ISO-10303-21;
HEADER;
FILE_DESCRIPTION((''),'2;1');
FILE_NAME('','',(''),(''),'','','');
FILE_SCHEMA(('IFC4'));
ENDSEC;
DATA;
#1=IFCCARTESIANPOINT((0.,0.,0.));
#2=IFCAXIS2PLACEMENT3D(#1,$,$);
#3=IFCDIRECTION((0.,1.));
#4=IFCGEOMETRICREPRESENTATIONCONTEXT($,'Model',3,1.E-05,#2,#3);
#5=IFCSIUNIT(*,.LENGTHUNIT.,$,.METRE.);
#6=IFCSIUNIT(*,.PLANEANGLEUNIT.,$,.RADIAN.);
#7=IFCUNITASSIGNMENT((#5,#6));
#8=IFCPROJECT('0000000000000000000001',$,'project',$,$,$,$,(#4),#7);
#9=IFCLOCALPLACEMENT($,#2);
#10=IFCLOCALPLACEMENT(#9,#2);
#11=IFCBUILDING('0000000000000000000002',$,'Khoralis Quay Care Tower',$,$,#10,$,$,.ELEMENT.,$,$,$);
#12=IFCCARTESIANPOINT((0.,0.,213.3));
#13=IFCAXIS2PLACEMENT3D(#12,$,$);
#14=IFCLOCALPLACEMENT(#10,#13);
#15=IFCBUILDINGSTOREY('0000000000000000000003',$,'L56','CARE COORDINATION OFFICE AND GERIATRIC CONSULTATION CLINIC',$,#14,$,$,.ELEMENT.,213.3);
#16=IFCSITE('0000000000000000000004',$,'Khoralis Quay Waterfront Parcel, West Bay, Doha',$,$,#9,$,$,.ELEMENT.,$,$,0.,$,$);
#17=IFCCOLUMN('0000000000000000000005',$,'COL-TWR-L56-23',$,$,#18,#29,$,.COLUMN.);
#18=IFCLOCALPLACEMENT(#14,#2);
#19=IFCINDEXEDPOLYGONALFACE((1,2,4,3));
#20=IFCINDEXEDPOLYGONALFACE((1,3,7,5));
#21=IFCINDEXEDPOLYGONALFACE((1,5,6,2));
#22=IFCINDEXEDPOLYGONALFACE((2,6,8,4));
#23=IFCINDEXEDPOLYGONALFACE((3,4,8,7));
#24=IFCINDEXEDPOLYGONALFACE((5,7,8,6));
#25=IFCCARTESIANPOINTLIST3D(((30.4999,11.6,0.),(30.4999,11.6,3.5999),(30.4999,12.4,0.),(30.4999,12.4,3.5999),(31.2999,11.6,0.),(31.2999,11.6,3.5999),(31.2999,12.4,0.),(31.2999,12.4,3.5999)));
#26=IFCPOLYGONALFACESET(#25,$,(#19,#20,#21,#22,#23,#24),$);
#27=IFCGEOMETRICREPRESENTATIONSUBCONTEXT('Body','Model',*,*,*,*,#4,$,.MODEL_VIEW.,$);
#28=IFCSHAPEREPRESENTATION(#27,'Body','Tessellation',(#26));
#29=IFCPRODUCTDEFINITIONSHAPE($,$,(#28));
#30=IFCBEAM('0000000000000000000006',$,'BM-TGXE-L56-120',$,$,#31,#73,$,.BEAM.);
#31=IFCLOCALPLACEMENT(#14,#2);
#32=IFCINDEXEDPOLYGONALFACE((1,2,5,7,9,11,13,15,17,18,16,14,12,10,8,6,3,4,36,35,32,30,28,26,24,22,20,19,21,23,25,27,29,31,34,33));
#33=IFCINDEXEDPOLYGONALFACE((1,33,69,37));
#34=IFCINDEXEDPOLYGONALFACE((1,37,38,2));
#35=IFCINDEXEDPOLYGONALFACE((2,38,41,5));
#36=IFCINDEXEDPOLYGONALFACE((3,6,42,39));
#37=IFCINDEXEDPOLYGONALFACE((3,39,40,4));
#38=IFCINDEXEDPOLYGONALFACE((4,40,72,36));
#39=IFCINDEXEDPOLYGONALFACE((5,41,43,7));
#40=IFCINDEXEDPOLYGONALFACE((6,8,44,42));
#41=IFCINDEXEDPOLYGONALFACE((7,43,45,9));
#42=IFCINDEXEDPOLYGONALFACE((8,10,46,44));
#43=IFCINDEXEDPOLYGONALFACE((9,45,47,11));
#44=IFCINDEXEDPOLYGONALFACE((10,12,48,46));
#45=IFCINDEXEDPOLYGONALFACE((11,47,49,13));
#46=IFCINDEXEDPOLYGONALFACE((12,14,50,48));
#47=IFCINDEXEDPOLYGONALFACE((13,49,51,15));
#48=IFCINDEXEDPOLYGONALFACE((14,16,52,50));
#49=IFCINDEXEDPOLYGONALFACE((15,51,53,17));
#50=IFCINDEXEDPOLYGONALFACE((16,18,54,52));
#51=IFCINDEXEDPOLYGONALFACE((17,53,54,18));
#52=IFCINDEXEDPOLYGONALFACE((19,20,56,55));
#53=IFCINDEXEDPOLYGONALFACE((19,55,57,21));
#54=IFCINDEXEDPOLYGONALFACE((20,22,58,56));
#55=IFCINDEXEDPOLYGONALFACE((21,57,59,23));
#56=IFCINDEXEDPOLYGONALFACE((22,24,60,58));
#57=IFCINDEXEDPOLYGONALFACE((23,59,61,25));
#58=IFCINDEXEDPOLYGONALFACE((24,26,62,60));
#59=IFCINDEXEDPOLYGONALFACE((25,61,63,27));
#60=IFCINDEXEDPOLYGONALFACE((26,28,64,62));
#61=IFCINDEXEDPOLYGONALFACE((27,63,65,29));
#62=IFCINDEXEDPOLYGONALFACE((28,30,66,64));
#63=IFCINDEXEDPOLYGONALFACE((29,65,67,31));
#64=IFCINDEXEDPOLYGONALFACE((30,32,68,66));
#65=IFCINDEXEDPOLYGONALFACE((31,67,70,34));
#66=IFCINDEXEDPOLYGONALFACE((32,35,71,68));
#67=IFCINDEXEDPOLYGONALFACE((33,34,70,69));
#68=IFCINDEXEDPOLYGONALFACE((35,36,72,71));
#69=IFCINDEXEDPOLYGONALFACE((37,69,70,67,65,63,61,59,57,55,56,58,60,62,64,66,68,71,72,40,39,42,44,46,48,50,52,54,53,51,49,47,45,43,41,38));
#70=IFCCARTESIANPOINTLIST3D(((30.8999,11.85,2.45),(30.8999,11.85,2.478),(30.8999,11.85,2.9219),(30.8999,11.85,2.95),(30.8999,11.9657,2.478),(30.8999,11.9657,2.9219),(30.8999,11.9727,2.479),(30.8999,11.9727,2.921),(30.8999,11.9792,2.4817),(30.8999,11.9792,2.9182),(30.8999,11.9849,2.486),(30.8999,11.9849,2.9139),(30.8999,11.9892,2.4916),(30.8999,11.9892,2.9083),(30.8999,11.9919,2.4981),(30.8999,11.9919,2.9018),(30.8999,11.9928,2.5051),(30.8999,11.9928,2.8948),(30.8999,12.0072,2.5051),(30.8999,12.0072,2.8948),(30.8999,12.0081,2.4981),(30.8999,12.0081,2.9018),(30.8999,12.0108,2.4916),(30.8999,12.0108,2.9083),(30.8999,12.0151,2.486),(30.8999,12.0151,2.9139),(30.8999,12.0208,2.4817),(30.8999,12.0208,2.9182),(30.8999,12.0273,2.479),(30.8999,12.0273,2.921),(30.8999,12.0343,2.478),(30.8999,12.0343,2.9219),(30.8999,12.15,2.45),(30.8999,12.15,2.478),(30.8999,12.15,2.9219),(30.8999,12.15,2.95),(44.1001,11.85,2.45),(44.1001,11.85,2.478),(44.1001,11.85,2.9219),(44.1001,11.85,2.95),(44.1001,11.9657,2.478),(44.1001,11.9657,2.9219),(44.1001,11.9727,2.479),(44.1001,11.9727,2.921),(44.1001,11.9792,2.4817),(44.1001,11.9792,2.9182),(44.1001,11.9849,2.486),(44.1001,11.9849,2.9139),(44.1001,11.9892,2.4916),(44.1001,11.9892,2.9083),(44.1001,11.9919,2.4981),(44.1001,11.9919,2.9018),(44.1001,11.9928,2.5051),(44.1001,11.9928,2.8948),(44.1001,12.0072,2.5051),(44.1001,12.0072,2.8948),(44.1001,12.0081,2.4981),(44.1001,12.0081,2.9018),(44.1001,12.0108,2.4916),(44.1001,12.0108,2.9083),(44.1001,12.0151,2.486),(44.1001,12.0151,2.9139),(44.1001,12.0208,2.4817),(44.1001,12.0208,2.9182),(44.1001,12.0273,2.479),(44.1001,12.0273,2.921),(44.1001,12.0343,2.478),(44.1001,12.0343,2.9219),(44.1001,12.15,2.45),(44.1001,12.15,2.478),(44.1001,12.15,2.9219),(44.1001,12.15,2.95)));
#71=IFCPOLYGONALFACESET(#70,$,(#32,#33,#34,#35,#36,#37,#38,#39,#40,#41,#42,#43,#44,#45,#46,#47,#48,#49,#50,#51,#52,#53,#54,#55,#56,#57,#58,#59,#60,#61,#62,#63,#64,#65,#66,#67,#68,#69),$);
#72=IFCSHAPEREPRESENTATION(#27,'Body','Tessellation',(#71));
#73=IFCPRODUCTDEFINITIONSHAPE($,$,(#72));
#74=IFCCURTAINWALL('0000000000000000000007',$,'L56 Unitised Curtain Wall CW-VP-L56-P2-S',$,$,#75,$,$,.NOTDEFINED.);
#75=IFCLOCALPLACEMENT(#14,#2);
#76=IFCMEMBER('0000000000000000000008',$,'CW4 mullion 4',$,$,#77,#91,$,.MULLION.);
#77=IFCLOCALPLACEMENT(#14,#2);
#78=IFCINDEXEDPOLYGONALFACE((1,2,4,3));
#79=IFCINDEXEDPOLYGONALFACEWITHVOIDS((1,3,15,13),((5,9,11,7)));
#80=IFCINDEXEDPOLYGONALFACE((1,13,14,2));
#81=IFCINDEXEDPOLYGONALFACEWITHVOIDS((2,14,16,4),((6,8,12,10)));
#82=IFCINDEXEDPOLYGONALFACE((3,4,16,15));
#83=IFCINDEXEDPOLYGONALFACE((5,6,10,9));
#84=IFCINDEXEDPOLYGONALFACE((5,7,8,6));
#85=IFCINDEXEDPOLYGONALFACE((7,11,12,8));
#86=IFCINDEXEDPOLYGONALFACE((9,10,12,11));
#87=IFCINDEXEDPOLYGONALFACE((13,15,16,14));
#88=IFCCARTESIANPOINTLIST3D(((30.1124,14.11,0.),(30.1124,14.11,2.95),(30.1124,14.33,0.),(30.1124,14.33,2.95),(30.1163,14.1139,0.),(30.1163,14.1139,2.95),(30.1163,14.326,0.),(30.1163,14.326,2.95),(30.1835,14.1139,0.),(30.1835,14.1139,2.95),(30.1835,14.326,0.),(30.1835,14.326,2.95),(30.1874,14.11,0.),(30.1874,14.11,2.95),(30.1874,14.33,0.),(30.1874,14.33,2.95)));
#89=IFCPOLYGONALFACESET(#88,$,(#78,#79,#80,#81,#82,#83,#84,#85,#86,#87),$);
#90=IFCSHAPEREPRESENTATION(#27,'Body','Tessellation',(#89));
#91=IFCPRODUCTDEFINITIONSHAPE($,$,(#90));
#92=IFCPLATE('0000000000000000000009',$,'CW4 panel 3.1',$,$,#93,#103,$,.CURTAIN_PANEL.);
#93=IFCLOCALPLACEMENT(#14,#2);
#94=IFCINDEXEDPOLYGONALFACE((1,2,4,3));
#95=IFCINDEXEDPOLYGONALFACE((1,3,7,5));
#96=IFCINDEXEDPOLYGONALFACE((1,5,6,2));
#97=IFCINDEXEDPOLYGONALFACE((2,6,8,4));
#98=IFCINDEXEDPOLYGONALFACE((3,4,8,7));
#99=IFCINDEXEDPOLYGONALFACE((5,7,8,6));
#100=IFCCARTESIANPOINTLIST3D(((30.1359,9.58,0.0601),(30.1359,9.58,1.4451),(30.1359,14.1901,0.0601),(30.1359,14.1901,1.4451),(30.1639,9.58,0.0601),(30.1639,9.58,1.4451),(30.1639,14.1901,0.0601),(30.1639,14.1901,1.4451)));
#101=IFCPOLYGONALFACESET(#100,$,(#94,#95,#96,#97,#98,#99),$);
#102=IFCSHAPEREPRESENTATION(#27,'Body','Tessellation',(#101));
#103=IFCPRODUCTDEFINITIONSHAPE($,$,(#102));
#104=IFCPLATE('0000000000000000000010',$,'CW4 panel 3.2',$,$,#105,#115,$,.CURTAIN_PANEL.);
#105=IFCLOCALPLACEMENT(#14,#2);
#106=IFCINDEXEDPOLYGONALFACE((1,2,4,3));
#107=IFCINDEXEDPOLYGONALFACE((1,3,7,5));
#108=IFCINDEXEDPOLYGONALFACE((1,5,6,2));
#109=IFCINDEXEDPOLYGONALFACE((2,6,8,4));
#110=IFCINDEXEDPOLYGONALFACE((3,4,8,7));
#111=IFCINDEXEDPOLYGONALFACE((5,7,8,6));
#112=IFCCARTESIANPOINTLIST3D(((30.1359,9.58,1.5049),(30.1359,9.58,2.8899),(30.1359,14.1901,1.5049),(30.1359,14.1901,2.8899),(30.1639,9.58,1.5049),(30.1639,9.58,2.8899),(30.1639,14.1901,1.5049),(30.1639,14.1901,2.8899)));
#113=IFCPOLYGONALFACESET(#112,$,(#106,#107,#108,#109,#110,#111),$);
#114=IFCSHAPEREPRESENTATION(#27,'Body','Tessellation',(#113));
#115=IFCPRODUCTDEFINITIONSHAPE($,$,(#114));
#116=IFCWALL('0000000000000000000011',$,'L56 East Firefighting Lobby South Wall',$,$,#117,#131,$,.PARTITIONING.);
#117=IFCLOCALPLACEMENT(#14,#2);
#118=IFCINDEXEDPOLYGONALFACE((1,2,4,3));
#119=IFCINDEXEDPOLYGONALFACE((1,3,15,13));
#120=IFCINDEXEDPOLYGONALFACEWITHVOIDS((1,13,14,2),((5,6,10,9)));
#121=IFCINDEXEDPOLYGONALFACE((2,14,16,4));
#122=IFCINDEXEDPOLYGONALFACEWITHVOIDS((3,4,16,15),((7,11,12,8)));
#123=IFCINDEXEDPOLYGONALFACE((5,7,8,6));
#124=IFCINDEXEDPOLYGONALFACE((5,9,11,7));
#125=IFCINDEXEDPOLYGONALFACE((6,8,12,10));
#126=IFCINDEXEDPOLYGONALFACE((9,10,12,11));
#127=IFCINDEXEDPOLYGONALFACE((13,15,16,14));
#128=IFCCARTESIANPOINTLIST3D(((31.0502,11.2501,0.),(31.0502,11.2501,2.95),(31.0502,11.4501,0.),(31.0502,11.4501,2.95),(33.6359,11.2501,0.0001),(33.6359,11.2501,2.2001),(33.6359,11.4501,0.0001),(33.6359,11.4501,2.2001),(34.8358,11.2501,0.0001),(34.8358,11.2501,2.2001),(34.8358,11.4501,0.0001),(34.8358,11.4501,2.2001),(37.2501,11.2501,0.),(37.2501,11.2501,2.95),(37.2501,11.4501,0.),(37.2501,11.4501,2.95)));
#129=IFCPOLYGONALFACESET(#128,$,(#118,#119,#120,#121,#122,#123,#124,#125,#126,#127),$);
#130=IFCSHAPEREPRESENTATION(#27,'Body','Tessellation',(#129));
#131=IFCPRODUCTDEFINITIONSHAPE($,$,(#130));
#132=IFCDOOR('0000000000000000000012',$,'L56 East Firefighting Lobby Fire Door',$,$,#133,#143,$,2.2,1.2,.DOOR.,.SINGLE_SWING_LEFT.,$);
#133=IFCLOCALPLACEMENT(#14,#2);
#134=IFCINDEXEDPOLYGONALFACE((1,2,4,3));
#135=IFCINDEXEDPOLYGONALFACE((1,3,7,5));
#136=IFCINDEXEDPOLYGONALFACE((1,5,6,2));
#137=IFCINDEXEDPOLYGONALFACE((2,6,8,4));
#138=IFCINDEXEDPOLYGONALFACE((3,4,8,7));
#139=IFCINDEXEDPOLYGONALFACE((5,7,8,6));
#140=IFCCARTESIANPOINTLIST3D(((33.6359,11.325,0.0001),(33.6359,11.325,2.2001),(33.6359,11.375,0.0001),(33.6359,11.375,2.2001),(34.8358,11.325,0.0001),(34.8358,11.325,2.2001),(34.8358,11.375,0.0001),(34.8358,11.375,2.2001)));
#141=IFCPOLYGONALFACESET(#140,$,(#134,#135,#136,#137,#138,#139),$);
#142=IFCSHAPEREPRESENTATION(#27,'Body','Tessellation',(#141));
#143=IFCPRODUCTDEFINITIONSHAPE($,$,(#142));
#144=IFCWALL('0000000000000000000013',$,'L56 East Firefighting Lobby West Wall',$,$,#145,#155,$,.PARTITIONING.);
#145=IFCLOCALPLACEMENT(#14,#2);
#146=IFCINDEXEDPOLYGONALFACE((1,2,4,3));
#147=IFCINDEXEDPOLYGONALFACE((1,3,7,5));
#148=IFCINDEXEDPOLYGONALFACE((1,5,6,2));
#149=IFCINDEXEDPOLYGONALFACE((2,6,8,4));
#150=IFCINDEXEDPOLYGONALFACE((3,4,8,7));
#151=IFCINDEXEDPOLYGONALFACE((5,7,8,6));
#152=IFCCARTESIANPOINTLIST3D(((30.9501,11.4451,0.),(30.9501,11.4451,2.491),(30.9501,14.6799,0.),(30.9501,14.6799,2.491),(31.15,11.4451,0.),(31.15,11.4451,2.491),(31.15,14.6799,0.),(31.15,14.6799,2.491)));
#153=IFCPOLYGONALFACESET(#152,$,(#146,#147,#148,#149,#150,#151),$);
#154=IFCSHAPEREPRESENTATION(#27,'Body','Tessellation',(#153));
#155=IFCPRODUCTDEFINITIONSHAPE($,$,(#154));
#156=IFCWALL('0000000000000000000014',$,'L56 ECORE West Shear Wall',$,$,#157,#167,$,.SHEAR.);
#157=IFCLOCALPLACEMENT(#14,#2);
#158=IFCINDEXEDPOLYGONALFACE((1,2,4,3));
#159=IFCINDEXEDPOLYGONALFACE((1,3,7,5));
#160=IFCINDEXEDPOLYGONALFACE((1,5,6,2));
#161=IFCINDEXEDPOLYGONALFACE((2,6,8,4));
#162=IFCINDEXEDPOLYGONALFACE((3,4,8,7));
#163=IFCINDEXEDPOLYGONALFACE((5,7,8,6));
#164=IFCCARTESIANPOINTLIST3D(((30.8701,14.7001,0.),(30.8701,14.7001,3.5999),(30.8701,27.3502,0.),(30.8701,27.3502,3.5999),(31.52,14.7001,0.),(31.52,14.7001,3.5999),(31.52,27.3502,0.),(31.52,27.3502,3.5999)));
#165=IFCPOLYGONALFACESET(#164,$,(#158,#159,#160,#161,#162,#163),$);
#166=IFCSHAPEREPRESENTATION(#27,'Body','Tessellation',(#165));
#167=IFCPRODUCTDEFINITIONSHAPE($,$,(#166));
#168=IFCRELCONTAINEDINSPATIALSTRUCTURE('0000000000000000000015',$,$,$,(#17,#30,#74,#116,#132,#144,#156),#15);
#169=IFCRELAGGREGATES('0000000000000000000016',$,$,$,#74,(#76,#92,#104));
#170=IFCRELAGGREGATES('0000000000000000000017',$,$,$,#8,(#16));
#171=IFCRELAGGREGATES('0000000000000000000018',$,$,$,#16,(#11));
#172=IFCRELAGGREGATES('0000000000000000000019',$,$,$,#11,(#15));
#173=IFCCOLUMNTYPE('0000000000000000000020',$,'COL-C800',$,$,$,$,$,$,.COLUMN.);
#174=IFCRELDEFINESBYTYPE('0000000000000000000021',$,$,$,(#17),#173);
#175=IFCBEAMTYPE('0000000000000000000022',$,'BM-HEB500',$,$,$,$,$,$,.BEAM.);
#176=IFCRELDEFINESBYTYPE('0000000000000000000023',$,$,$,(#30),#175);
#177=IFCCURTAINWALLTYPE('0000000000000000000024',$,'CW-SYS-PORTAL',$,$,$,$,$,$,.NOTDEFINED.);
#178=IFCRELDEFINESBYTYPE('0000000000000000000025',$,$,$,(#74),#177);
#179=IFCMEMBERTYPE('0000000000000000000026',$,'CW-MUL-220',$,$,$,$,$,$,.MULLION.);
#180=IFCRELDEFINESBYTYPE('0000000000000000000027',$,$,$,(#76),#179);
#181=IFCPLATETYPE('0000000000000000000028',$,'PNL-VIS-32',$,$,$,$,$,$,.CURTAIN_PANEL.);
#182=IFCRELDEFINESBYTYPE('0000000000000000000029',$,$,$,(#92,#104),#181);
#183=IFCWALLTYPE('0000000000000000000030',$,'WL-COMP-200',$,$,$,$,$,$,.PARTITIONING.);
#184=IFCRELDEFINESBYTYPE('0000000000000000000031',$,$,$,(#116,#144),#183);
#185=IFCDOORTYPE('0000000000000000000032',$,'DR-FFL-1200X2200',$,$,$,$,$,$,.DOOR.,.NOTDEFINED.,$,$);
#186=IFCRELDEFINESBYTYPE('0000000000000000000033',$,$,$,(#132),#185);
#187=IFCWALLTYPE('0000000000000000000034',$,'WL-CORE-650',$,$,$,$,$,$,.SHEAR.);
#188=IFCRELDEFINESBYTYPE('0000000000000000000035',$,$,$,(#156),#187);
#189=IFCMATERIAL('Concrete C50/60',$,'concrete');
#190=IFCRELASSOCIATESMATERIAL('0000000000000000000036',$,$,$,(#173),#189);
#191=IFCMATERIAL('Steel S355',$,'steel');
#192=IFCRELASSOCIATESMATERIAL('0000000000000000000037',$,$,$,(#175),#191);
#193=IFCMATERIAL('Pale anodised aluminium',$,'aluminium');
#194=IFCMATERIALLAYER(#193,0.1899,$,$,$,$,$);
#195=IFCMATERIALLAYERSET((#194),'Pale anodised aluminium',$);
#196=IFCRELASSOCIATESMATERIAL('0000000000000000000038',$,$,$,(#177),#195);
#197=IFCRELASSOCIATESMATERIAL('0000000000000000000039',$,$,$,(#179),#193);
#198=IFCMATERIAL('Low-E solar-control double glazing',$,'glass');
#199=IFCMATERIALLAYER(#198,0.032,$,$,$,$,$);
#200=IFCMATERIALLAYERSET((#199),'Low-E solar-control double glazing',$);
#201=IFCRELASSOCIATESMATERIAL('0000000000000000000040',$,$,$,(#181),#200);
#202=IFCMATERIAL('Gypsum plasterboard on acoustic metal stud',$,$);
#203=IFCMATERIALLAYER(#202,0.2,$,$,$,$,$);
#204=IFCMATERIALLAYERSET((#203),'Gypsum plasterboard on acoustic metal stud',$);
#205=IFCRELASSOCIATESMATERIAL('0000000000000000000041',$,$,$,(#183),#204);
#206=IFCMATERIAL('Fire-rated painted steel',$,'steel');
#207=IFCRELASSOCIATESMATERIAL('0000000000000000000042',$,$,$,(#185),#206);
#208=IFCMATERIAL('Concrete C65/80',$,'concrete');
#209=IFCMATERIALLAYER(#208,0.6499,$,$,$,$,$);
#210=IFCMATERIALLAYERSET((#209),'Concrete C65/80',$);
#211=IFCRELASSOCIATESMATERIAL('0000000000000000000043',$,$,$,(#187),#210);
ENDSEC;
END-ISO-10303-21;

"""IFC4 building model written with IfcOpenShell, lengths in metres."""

from ifc_helpers import new_model, si_unit, direction, frame, frame_2d, origin, origin_2d, place, context, subcontext, project, spatial, rectangle, hollow_rectangle, i_section, extrude, source, transform, mapped, material, layer, layer_set, material_profile, profile_set, type_object, element, fill, aggregate, save


model = new_model("IFC4")

# Units and contexts
model_context = context("Model", 3, precision=1e-05, world=origin(), true_north=direction((0.0, 1.0)))
body_context = subcontext(model_context, "Body", "Model", "MODEL_VIEW")
ifc_project = project(units=[si_unit("LENGTHUNIT", "METRE"), si_unit("PLANEANGLEUNIT", "RADIAN")], contexts=[model_context])

# Site, building, storey
site_placement = place(None, origin())
site = spatial("IfcSite", under=ifc_project, at=site_placement, Name="Khoralis Quay Waterfront Parcel, West Bay, Doha", CompositionType="ELEMENT", RefElevation=0.0)
building_placement = place(site_placement, origin())
building = spatial("IfcBuilding", under=site, at=building_placement, Name="Khoralis Quay Care Tower", CompositionType="ELEMENT")
storey_placement = place(building_placement, frame((0.0, 0.0, 213.3)))
storey = spatial("IfcBuildingStorey", under=building, at=storey_placement, Name="L56", Description="CARE COORDINATION OFFICE AND GERIATRIC CONSULTATION CLINIC", CompositionType="ELEMENT", Elevation=213.3)

# Column
ifc_material_1 = material(Name="Concrete C50/60", Category="concrete")
ifc_material_profile_1 = material_profile(ifc_material_1, rectangle(XDim=0.8, YDim=0.8, at=origin_2d()), Name="Concrete C50/60")
ifc_profile_set_1 = profile_set([ifc_material_profile_1], Name="Concrete C50/60")
column_type = type_object("IfcColumnType", Name="COL-C800", PredefinedType="COLUMN", material=ifc_profile_set_1)
shared_shape_1 = source(origin(), body_context, "Body", "SweptSolid", [
    extrude(rectangle(XDim=0.8, YDim=0.8, at=origin_2d()), origin(), (0.0, 0.0, 1.0), 3.5999),
])
column_placement = place(storey_placement, frame((30.8999, 12.0, 0.0), z_axis=(0.0, 0.0, 1.0), x_axis=(1.0, 0.0, 0.0)))
element("IfcColumn", 1, at=column_placement, inside=storey, type_object=column_type, Name="COL-TWR-L56-23", PredefinedType="COLUMN", context=body_context, shape_type="MappedRepresentation", body=[
    mapped(shared_shape_1, transform((0.0, 0.0, 0.0), scale=1.0)),
])

# Beam
ifc_material_2 = material(Name="Steel S355", Category="steel")
ifc_material_profile_2 = material_profile(ifc_material_2, i_section(OverallWidth=0.3, OverallDepth=0.5, WebThickness=0.0144, FlangeThickness=0.0281, FilletRadius=0.0271, at=origin_2d()), Name="Steel S355")
ifc_profile_set_2 = profile_set([ifc_material_profile_2], Name="Steel S355")
beam_type = type_object("IfcBeamType", Name="BM-HEB500", PredefinedType="BEAM", material=ifc_profile_set_2)
shared_shape_2 = source(origin(), body_context, "Body", "SweptSolid", [
    extrude(i_section(OverallWidth=0.3, OverallDepth=0.5, WebThickness=0.0144, FlangeThickness=0.0281, FilletRadius=0.0271, at=origin_2d()), origin(), (0.0, 0.0, 1.0), 13.2002),
])
beam_placement = place(storey_placement, frame((30.8999, 12.0, 2.7), z_axis=(1.0, 0.0, 0.0), x_axis=(0.0, 1.0, 0.0)))
element("IfcBeam", 2, at=beam_placement, inside=storey, type_object=beam_type, Name="BM-TGXE-L56-120", PredefinedType="BEAM", context=body_context, shape_type="MappedRepresentation", body=[
    mapped(shared_shape_2, transform((0.0, 0.0, 0.0), scale=1.0)),
])

# Curtain wall, member, plates
ifc_material_3 = material(Name="Pale anodised aluminium", Category="aluminium")
ifc_layer_1 = layer(ifc_material_3, 0.1899)
ifc_layer_set_1 = layer_set([ifc_layer_1], Name="Pale anodised aluminium")
curtain_wall_type = type_object("IfcCurtainWallType", Name="CW-SYS-PORTAL", PredefinedType="NOTDEFINED", material=ifc_layer_set_1)
curtain_wall_placement = place(storey_placement, origin())
curtain_wall = element("IfcCurtainWall", 3, at=curtain_wall_placement, inside=storey, type_object=curtain_wall_type, Name="L56 Unitised Curtain Wall CW-VP-L56-P2-S", PredefinedType="NOTDEFINED")
ifc_material_profile_3 = material_profile(ifc_material_3, hollow_rectangle(XDim=0.075, YDim=0.22, WallThickness=0.0039, at=origin_2d()), Name="Pale anodised aluminium")
ifc_profile_set_3 = profile_set([ifc_material_profile_3], Name="Pale anodised aluminium")
member_type = type_object("IfcMemberType", Name="CW-MUL-220", PredefinedType="MULLION", material=ifc_profile_set_3)
shared_shape_3 = source(origin(), body_context, "Body", "SweptSolid", [
    extrude(hollow_rectangle(XDim=0.075, YDim=0.22, WallThickness=0.0039, at=origin_2d()), origin(), (0.0, 0.0, 1.0), 2.95),
])
member_placement = place(storey_placement, frame((30.1499, 14.22, 0.0), z_axis=(0.0, 0.0, 1.0), x_axis=(-1.0, 0.0, 0.0)))
member = element("IfcMember", 4, at=member_placement, type_object=member_type, Name="CW4 mullion 4", PredefinedType="MULLION", context=body_context, shape_type="MappedRepresentation", body=[
    mapped(shared_shape_3, transform((0.0, 0.0, 0.0), scale=1.0)),
])
ifc_material_4 = material(Name="Low-E solar-control double glazing", Category="glass")
ifc_layer_2 = layer(ifc_material_4, 0.032)
ifc_layer_set_2 = layer_set([ifc_layer_2], Name="Low-E solar-control double glazing")
plate_type = type_object("IfcPlateType", Name="PNL-VIS-32", PredefinedType="CURTAIN_PANEL", material=ifc_layer_set_2)
shared_shape_4 = source(origin(), body_context, "Body", "SweptSolid", [
    extrude(rectangle(XDim=4.6101, YDim=0.0281, at=origin_2d()), origin(), (0.0, 0.0, 1.0), 1.385),
])
plate_1_placement = place(storey_placement, frame((30.1499, 11.885, 0.0601), z_axis=(0.0, 0.0, 1.0), x_axis=(0.0, 1.0, 0.0)))
plate_1 = element("IfcPlate", 5, at=plate_1_placement, type_object=plate_type, Name="CW4 panel 3.1", PredefinedType="CURTAIN_PANEL", context=body_context, shape_type="MappedRepresentation", body=[
    mapped(shared_shape_4, transform((0.0, 0.0, 0.0), scale=1.0)),
])
plate_2_placement = place(storey_placement, frame((30.1499, 11.885, 1.5049), z_axis=(0.0, 0.0, 1.0), x_axis=(0.0, 1.0, 0.0)))
plate_2 = element("IfcPlate", 6, at=plate_2_placement, type_object=plate_type, Name="CW4 panel 3.2", PredefinedType="CURTAIN_PANEL", context=body_context, shape_type="MappedRepresentation", body=[
    mapped(shared_shape_4, transform((0.0, 0.0, 0.0), scale=1.0)),
])
aggregate(curtain_wall, [member, plate_1, plate_2])

# Wall, opening, door
ifc_material_5 = material(Name="Gypsum plasterboard on acoustic metal stud")
ifc_layer_3 = layer(ifc_material_5, 0.2)
ifc_layer_set_3 = layer_set([ifc_layer_3], Name="Gypsum plasterboard on acoustic metal stud")
wall_type_1 = type_object("IfcWallType", Name="WL-COMP-200", PredefinedType="PARTITIONING", material=ifc_layer_set_3)
wall_1_placement = place(storey_placement, frame((31.05, 11.3501, 0.0), z_axis=(0.0, 0.0, 1.0), x_axis=(1.0, 0.0, 0.0)))
wall_1 = element("IfcWall", 7, at=wall_1_placement, inside=storey, type_object=wall_type_1, Name="L56 East Firefighting Lobby South Wall", PredefinedType="PARTITIONING", context=body_context, shape_type="SweptSolid", body=[
    extrude(rectangle(XDim=6.2, YDim=0.2, at=frame_2d((3.1001, 0.0))), origin(), (0.0, 0.0, 1.0), 2.95),
])
opening_1_placement = place(wall_1_placement, frame((2.5857, 0.0, 0.0)))
opening_1 = element("IfcOpeningElement", 8, at=opening_1_placement, cuts=wall_1, PredefinedType="OPENING", context=body_context, shape_type="SweptSolid", body=[
    extrude(rectangle(XDim=1.2, YDim=2.2, at=frame_2d((0.6001, 1.1001))), frame((0.0, 0.1099, 0.0), z_axis=(0.0, -1.0, 0.0), x_axis=(1.0, 0.0, 0.0)), (0.0, 0.0, 1.0), 0.22),
])
ifc_material_6 = material(Name="Fire-rated painted steel", Category="steel")
door_type_1 = type_object("IfcDoorType", Name="DR-FFL-1200X2200", OperationType="NOTDEFINED", PredefinedType="DOOR", material=ifc_material_6)
shared_shape_5 = source(origin(), body_context, "Body", "SweptSolid", [
    extrude(rectangle(XDim=1.2, YDim=2.2, at=frame_2d((0.6001, 1.1001))), frame((0.0, 0.0249, 0.0), z_axis=(0.0, -1.0, 0.0), x_axis=(1.0, 0.0, 0.0)), (0.0, 0.0, 1.0), 0.05),
])
door_1_placement = place(opening_1_placement, origin())
door_1 = element("IfcDoor", 9, at=door_1_placement, inside=storey, type_object=door_type_1, Name="L56 East Firefighting Lobby Fire Door", OperationType="SINGLE_SWING_LEFT", OverallHeight=2.2, OverallWidth=1.2, PredefinedType="DOOR", context=body_context, shape_type="MappedRepresentation", body=[
    mapped(shared_shape_5, transform((0.0, 0.0, 0.0), scale=1.0)),
])
fill(opening_1, door_1)

# Walls
wall_2_placement = place(storey_placement, frame((31.05, 11.4451, 0.0), z_axis=(0.0, 0.0, 1.0), x_axis=(0.0, 1.0, 0.0)))
element("IfcWall", 10, at=wall_2_placement, inside=storey, type_object=wall_type_1, Name="L56 East Firefighting Lobby West Wall", PredefinedType="PARTITIONING", context=body_context, shape_type="SweptSolid", body=[
    extrude(rectangle(XDim=3.2349, YDim=0.2, at=frame_2d((1.6174, 0.0))), origin(), (0.0, 0.0, 1.0), 2.491),
])
ifc_material_7 = material(Name="Concrete C65/80", Category="concrete")
ifc_layer_4 = layer(ifc_material_7, 0.6499)
ifc_layer_set_4 = layer_set([ifc_layer_4], Name="Concrete C65/80")
wall_type_2 = type_object("IfcWallType", Name="WL-CORE-650", PredefinedType="SHEAR", material=ifc_layer_set_4)
wall_3_placement = place(storey_placement, frame((31.1951, 14.7, 0.0), z_axis=(0.0, 0.0, 1.0), x_axis=(0.0, 1.0, 0.0)))
element("IfcWall", 11, at=wall_3_placement, inside=storey, type_object=wall_type_2, Name="L56 ECORE West Shear Wall", PredefinedType="SHEAR", context=body_context, shape_type="SweptSolid", body=[
    extrude(rectangle(XDim=12.6501, YDim=0.6499, at=frame_2d((6.3252, 0.0))), origin(), (0.0, 0.0, 1.0), 3.5999),
])

save(model, "model.ifc")
